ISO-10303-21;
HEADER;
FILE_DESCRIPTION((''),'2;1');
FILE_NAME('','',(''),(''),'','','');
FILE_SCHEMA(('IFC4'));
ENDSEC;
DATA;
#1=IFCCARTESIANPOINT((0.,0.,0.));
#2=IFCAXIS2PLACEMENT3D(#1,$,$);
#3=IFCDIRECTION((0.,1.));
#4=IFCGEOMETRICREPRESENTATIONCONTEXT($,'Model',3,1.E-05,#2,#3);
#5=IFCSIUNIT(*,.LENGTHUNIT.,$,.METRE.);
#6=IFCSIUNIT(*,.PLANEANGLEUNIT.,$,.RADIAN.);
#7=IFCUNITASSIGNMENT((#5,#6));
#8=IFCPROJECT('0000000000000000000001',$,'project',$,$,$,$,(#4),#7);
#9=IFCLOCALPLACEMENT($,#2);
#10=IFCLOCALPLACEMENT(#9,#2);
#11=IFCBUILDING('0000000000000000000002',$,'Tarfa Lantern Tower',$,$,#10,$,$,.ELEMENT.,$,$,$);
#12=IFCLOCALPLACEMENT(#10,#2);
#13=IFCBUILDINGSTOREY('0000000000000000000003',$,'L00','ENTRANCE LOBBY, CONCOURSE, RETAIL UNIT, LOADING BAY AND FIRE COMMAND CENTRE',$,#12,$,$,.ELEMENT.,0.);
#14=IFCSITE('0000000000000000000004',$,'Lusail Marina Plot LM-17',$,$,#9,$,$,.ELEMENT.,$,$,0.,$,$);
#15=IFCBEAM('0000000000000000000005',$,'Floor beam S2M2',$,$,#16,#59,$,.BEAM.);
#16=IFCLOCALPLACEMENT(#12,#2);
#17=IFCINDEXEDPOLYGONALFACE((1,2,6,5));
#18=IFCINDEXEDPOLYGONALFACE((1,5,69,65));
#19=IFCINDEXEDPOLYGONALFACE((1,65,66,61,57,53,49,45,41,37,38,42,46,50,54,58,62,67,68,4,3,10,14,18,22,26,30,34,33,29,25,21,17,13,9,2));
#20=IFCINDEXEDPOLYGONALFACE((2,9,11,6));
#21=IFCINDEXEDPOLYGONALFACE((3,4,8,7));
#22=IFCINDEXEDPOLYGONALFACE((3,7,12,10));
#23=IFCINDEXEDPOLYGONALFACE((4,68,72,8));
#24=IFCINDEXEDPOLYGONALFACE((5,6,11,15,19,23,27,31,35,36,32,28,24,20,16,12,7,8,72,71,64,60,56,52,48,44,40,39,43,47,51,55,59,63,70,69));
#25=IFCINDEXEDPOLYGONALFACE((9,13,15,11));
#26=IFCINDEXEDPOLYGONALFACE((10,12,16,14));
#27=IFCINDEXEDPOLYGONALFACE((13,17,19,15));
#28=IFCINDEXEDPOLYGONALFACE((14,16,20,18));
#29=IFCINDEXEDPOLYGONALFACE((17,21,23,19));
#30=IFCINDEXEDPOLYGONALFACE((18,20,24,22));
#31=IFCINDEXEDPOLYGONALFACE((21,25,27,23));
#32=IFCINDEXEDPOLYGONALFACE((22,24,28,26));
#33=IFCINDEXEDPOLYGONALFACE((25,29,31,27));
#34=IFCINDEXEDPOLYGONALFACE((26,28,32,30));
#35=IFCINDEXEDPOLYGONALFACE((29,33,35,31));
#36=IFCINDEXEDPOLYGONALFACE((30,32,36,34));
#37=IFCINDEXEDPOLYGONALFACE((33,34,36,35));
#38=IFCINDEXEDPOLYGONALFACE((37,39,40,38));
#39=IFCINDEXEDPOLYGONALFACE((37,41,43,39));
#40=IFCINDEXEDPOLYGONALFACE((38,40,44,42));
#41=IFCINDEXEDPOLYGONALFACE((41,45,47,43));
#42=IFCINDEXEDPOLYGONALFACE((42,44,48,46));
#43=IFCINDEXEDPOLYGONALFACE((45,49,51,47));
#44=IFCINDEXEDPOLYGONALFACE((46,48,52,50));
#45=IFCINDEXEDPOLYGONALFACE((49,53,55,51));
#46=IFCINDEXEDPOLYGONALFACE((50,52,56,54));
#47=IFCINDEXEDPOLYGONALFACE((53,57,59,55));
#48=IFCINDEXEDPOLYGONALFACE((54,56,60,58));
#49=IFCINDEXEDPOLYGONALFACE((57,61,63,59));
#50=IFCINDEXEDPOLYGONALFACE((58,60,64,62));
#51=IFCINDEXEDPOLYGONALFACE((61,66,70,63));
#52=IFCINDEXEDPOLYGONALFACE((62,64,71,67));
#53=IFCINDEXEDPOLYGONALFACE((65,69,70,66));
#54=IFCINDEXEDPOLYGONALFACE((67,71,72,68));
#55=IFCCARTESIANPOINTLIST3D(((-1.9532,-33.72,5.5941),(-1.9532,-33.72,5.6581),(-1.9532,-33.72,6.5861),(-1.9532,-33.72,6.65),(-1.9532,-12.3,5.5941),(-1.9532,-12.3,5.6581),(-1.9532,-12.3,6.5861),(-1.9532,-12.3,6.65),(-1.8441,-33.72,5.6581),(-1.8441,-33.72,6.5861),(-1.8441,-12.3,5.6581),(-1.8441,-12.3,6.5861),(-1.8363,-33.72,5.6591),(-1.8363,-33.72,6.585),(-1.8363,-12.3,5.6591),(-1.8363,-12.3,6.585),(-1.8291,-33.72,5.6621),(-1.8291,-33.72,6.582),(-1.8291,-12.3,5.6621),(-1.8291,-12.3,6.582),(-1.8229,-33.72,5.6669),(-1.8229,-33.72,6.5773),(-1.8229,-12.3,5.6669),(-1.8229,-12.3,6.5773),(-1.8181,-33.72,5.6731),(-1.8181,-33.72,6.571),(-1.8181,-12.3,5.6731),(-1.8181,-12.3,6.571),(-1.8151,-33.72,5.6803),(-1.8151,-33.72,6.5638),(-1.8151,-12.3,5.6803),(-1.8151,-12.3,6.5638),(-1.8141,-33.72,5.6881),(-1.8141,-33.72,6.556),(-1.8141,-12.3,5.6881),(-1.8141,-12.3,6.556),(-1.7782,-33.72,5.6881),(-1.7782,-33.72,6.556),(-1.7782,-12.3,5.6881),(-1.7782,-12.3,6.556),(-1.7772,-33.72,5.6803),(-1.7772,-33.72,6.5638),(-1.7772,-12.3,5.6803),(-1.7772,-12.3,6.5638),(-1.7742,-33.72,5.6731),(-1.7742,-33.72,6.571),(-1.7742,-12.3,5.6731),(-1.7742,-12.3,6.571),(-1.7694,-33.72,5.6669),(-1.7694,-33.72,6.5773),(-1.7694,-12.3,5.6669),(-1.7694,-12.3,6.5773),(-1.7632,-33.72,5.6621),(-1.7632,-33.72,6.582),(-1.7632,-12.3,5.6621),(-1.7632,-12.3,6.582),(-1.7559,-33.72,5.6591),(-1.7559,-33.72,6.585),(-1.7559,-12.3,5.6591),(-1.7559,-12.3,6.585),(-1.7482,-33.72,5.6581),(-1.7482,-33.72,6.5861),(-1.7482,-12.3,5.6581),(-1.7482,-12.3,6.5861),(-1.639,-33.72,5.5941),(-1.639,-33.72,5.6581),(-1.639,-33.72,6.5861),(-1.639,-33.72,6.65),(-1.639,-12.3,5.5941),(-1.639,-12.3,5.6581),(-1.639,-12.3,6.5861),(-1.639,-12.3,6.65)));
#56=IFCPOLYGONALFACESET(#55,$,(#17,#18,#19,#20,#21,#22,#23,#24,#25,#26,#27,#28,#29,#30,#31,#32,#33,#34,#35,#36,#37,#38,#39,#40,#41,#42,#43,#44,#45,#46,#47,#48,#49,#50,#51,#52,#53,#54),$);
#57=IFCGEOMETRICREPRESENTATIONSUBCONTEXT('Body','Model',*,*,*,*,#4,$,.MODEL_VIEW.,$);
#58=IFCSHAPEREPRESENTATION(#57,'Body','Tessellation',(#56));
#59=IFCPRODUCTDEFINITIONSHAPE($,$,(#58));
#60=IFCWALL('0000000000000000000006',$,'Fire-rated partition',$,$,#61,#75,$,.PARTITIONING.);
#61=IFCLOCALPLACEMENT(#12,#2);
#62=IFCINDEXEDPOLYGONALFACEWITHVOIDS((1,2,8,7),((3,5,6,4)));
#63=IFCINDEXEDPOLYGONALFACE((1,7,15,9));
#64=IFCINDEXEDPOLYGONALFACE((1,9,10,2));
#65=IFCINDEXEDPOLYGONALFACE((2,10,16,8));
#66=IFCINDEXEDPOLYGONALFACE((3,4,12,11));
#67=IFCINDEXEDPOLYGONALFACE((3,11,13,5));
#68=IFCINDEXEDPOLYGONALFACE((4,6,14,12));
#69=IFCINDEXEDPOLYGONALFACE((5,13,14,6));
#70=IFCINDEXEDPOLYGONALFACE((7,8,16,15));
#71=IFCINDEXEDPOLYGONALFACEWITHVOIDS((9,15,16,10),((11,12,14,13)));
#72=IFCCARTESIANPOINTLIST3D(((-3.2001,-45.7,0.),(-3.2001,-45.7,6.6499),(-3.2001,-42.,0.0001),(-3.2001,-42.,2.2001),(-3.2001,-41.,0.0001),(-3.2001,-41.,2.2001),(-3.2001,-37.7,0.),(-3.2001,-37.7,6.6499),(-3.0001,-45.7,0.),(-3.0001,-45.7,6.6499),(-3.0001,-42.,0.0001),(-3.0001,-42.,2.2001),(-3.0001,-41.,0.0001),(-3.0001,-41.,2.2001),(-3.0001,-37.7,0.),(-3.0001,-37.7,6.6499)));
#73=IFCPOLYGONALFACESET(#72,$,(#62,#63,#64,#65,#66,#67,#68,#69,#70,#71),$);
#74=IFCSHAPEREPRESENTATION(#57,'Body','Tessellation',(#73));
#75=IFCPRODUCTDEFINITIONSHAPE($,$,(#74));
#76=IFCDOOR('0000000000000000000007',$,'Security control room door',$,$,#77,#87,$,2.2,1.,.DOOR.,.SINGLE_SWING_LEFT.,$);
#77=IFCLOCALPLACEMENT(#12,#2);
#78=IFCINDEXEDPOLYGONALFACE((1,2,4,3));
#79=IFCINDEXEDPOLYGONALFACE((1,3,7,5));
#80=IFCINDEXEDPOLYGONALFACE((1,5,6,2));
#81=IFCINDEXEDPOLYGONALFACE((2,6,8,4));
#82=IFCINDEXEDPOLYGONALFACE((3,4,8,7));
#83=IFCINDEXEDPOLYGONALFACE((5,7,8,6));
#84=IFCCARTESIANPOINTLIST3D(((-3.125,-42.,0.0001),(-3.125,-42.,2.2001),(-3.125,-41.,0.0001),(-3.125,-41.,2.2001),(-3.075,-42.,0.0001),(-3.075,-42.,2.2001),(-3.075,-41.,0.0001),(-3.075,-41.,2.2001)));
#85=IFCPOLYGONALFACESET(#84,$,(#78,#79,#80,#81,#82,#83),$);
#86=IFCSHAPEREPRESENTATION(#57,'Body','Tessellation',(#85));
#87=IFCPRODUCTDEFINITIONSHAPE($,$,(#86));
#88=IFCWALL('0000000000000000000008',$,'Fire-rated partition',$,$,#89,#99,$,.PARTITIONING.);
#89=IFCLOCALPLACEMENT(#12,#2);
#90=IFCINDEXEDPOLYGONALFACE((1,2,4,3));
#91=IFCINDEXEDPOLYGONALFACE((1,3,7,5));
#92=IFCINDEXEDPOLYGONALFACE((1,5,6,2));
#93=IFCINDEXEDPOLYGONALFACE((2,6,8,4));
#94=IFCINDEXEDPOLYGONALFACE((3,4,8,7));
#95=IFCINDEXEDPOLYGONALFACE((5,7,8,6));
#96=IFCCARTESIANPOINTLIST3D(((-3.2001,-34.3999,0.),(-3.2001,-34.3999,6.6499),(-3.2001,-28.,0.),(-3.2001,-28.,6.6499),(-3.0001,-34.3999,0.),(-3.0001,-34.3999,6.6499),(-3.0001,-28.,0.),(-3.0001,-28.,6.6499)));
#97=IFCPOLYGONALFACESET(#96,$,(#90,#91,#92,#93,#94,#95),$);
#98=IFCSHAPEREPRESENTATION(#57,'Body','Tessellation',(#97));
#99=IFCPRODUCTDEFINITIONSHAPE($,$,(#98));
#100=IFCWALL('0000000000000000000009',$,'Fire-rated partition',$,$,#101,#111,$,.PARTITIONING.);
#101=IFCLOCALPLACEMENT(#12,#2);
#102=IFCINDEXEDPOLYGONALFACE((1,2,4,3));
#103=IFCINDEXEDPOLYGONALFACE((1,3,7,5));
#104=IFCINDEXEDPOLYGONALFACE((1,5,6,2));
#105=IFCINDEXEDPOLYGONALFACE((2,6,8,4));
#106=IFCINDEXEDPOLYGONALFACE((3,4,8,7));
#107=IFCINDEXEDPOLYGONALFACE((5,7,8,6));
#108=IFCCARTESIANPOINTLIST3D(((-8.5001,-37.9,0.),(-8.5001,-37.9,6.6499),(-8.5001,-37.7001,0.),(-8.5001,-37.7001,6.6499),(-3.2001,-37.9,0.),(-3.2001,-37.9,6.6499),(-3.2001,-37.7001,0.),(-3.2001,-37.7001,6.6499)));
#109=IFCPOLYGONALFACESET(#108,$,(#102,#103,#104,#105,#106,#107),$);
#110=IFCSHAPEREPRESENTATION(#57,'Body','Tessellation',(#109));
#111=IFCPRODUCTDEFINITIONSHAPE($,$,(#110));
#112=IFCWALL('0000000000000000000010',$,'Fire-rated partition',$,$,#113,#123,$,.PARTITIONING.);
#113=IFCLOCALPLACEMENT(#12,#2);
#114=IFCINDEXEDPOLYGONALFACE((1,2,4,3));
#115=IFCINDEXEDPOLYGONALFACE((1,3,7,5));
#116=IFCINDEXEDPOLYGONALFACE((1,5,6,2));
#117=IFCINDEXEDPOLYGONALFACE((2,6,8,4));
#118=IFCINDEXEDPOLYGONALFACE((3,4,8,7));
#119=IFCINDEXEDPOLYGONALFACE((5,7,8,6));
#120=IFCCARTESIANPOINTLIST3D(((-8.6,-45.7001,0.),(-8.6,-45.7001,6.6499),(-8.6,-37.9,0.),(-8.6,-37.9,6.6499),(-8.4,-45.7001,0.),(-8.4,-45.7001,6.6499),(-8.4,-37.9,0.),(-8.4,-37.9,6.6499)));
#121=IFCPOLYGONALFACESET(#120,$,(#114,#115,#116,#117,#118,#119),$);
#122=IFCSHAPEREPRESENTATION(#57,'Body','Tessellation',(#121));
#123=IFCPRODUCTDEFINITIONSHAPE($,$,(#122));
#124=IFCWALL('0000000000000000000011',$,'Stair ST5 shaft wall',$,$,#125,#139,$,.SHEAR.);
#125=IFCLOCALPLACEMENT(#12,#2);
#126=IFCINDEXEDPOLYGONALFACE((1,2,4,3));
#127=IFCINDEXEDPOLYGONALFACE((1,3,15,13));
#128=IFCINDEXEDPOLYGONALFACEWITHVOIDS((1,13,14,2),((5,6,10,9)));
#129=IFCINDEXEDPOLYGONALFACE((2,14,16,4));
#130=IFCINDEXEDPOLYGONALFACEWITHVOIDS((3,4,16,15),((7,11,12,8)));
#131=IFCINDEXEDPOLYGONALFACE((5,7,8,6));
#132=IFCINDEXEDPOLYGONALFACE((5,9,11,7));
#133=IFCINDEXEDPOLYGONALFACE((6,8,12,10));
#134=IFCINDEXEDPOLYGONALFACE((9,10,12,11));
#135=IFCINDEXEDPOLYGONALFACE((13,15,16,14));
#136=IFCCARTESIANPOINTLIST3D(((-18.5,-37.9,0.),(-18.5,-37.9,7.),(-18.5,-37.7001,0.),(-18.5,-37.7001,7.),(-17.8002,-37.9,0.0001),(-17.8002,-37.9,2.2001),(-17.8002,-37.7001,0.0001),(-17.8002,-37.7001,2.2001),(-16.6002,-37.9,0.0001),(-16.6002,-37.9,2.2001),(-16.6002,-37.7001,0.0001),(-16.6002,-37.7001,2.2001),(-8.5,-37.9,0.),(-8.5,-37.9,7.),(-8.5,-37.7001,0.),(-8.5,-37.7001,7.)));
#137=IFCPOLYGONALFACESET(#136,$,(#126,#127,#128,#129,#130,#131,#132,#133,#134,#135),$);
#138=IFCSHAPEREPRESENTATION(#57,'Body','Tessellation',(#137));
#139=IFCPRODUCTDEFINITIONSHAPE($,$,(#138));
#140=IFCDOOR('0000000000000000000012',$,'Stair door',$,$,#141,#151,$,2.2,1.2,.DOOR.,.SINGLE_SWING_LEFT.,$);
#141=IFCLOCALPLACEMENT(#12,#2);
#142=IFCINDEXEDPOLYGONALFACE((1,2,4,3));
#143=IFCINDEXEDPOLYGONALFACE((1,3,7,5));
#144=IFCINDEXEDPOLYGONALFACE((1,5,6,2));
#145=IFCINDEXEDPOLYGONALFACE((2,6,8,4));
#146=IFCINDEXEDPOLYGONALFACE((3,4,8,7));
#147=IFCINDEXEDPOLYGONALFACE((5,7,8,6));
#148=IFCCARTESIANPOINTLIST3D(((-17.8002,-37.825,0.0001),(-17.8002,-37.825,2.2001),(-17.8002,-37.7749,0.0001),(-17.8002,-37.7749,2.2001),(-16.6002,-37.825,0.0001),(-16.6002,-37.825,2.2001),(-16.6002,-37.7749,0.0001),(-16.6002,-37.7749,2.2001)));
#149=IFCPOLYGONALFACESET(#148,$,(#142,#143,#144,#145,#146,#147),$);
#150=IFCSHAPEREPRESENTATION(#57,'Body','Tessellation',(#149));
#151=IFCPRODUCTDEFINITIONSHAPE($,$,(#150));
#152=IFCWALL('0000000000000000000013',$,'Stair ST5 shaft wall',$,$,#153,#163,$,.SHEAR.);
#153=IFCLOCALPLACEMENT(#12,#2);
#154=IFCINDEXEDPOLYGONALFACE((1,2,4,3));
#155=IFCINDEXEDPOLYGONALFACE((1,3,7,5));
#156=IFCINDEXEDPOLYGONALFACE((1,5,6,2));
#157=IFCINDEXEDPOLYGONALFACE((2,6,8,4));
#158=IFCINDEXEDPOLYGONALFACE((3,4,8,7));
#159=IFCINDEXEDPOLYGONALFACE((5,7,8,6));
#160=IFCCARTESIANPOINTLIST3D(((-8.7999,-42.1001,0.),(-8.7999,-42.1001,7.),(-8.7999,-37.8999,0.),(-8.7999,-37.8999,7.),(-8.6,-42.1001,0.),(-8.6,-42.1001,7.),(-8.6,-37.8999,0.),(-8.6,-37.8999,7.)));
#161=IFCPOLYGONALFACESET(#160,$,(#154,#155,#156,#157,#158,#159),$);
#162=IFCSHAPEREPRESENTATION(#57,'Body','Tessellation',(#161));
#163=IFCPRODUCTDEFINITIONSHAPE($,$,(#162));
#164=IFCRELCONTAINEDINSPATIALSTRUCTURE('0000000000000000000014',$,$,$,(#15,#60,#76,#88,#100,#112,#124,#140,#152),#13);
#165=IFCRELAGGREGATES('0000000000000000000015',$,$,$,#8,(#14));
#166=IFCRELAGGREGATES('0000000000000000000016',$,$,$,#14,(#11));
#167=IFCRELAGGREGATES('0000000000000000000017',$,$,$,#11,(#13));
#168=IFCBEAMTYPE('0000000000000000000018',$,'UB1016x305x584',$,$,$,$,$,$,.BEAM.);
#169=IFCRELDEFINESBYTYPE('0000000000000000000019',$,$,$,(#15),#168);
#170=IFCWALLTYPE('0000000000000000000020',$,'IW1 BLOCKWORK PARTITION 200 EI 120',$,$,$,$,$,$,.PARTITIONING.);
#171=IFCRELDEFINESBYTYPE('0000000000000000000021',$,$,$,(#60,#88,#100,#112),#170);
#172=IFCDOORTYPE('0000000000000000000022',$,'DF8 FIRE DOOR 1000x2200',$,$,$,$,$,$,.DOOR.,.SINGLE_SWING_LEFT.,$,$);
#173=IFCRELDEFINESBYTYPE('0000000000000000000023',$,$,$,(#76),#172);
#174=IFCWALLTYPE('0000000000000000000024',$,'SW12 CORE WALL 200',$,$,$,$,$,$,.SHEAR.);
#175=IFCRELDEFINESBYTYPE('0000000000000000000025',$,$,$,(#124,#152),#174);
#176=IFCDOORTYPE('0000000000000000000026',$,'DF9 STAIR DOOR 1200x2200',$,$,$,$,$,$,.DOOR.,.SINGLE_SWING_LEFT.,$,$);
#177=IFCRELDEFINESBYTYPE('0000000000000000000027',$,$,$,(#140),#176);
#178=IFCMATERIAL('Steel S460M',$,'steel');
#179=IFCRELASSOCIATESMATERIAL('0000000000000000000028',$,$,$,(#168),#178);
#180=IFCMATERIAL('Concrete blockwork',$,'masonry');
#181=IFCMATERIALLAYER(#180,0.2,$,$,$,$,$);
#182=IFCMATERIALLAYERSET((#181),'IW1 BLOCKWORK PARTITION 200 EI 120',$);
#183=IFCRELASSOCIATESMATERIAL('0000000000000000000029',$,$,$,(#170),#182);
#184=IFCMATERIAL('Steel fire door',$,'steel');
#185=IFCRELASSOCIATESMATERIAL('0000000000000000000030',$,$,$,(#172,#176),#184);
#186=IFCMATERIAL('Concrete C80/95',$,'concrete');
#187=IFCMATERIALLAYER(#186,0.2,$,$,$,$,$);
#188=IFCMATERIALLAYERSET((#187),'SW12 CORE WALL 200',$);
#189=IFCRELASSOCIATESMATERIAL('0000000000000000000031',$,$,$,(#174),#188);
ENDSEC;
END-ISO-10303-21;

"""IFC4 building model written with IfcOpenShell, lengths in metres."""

from ifc_helpers import new_model, si_unit, direction, frame, frame_2d, origin, origin_2d, place, context, subcontext, project, spatial, rectangle, i_section, extrude, material, layer, layer_set, material_profile, profile_set, type_object, element, fill, save


model = new_model("IFC4")

# Units and contexts
model_context = context("Model", 3, precision=1e-05, world=origin(), true_north=direction((0.0, 1.0)))
body_context = subcontext(model_context, "Body", "Model", "MODEL_VIEW")
ifc_project = project(units=[si_unit("LENGTHUNIT", "METRE"), si_unit("PLANEANGLEUNIT", "RADIAN")], contexts=[model_context])

# Site, building, storey
site_placement = place(None, origin())
site = spatial("IfcSite", under=ifc_project, at=site_placement, Name="Lusail Marina Plot LM-17", CompositionType="ELEMENT", RefElevation=0.0)
building_placement = place(site_placement, origin())
building = spatial("IfcBuilding", under=site, at=building_placement, Name="Tarfa Lantern Tower", CompositionType="ELEMENT")
storey_placement = place(building_placement, origin())
storey = spatial("IfcBuildingStorey", under=building, at=storey_placement, Name="L00", Description="ENTRANCE LOBBY, CONCOURSE, RETAIL UNIT, LOADING BAY AND FIRE COMMAND CENTRE", CompositionType="ELEMENT", Elevation=0.0)

# Shared definitions
ifc_material_1 = material(Name="Concrete C80/95", Category="concrete")

# Beam
ifc_material_2 = material(Name="Steel S460M", Category="steel")
ifc_material_profile_1 = material_profile(ifc_material_2, i_section(OverallWidth=0.3142, OverallDepth=1.0559, WebThickness=0.0359, FlangeThickness=0.064, FilletRadius=0.03, at=origin_2d()), Name="UB1016x305x584")
ifc_profile_set_1 = profile_set([ifc_material_profile_1], Name="Steel S460M")
beam_type_1 = type_object("IfcBeamType", Name="UB1016x305x584", PredefinedType="BEAM", material=ifc_profile_set_1)
for number, where, z_axis, x_axis, name in (
    (1, (-1.7961, -33.72, 6.1221), (0.0, 1.0, 0.0), (-1.0, 0.0, 0.0), "Floor beam S2M2"),
):
    element("IfcBeam", number, at=place(storey_placement, frame(where, z_axis=z_axis, x_axis=x_axis)), inside=storey, type_object=beam_type_1, Name=name, PredefinedType="BEAM", context=body_context, shape_type="SweptSolid", body=[
        extrude(i_section(OverallWidth=0.3142, OverallDepth=1.0559, WebThickness=0.0359, FlangeThickness=0.064, FilletRadius=0.03, at=origin_2d()), origin(), (0.0, 0.0, 1.0), 21.4199),
    ])

# Wall, opening, door
ifc_material_3 = material(Name="Concrete blockwork", Category="masonry")
ifc_layer_1 = layer(ifc_material_3, 0.2)
ifc_layer_set_1 = layer_set([ifc_layer_1], Name="IW1 BLOCKWORK PARTITION 200 EI 120")
wall_type_1 = type_object("IfcWallType", Name="IW1 BLOCKWORK PARTITION 200 EI 120", PredefinedType="PARTITIONING", material=ifc_layer_set_1)
wall_1_placement = place(storey_placement, frame((-3.1001, -45.7, 0.0), z_axis=(0.0, 0.0, 1.0), x_axis=(0.0, 1.0, 0.0)))
wall_1 = element("IfcWall", 2, at=wall_1_placement, inside=storey, type_object=wall_type_1, Name="Fire-rated partition", PredefinedType="PARTITIONING", context=body_context, shape_type="SweptSolid", body=[
    extrude(rectangle(XDim=8.0, YDim=0.2, at=frame_2d((4.0, 0.0))), origin(), (0.0, 0.0, 1.0), 6.6499),
])
opening_1_placement = place(wall_1_placement, frame((3.7, 0.0, 0.0)))
opening_1 = element("IfcOpeningElement", 3, at=opening_1_placement, cuts=wall_1, PredefinedType="OPENING", context=body_context, shape_type="SweptSolid", body=[
    extrude(rectangle(XDim=1.0, YDim=2.2, at=frame_2d((0.5, 1.1001))), frame((0.0, 0.1099, 0.0), z_axis=(0.0, -1.0, 0.0), x_axis=(1.0, 0.0, 0.0)), (0.0, 0.0, 1.0), 0.22),
])
ifc_material_4 = material(Name="Steel fire door", Category="steel")
door_type_1 = type_object("IfcDoorType", Name="DF8 FIRE DOOR 1000x2200", OperationType="SINGLE_SWING_LEFT", PredefinedType="DOOR", material=ifc_material_4)
door_1_placement = place(opening_1_placement, origin())
door_1 = element("IfcDoor", 4, at=door_1_placement, inside=storey, type_object=door_type_1, Name="Security control room door", OperationType="SINGLE_SWING_LEFT", OverallHeight=2.2, OverallWidth=1.0, PredefinedType="DOOR", context=body_context, shape_type="SweptSolid", body=[
    extrude(rectangle(XDim=1.0, YDim=2.2, at=frame_2d((0.5, 1.1001))), frame((0.0, 0.0249, 0.0), z_axis=(0.0, -1.0, 0.0), x_axis=(1.0, 0.0, 0.0)), (0.0, 0.0, 1.0), 0.05),
])
fill(opening_1, door_1)

# Walls
wall_2_placement = place(storey_placement, frame((-3.1001, -34.3999, 0.0), z_axis=(0.0, 0.0, 1.0), x_axis=(0.0, 1.0, 0.0)))
element("IfcWall", 5, at=wall_2_placement, inside=storey, type_object=wall_type_1, Name="Fire-rated partition", PredefinedType="PARTITIONING", context=body_context, shape_type="SweptSolid", body=[
    extrude(rectangle(XDim=6.3999, YDim=0.2, at=frame_2d((3.2, 0.0))), origin(), (0.0, 0.0, 1.0), 6.6499),
])
wall_3_placement = place(storey_placement, frame((-8.5, -37.8, 0.0), z_axis=(0.0, 0.0, 1.0), x_axis=(1.0, 0.0, 0.0)))
element("IfcWall", 6, at=wall_3_placement, inside=storey, type_object=wall_type_1, Name="Fire-rated partition", PredefinedType="PARTITIONING", context=body_context, shape_type="SweptSolid", body=[
    extrude(rectangle(XDim=5.3, YDim=0.2, at=frame_2d((2.6499, 0.0))), origin(), (0.0, 0.0, 1.0), 6.6499),
])
wall_4_placement = place(storey_placement, frame((-8.5, -45.7, 0.0), z_axis=(0.0, 0.0, 1.0), x_axis=(0.0, 1.0, 0.0)))
element("IfcWall", 7, at=wall_4_placement, inside=storey, type_object=wall_type_1, Name="Fire-rated partition", PredefinedType="PARTITIONING", context=body_context, shape_type="SweptSolid", body=[
    extrude(rectangle(XDim=7.8, YDim=0.2, at=frame_2d((3.8999, 0.0))), origin(), (0.0, 0.0, 1.0), 6.6499),
])

# Wall, opening, door
ifc_layer_2 = layer(ifc_material_1, 0.2)
ifc_layer_set_2 = layer_set([ifc_layer_2], Name="SW12 CORE WALL 200")
wall_type_2 = type_object("IfcWallType", Name="SW12 CORE WALL 200", PredefinedType="SHEAR", material=ifc_layer_set_2)
wall_5_placement = place(storey_placement, frame((-8.5, -37.8, 0.0), z_axis=(0.0, 0.0, 1.0), x_axis=(-1.0, 0.0, 0.0)))
wall_5 = element("IfcWall", 8, at=wall_5_placement, inside=storey, type_object=wall_type_2, Name="Stair ST5 shaft wall", PredefinedType="SHEAR", context=body_context, shape_type="SweptSolid", body=[
    extrude(rectangle(XDim=10.0, YDim=0.2, at=frame_2d((5.0, 0.0))), origin(), (0.0, 0.0, 1.0), 7.0),
])
opening_2_placement = place(wall_5_placement, frame((8.1001, 0.0, 0.0)))
opening_2 = element("IfcOpeningElement", 9, at=opening_2_placement, cuts=wall_5, PredefinedType="OPENING", context=body_context, shape_type="SweptSolid", body=[
    extrude(rectangle(XDim=1.2, YDim=2.2, at=frame_2d((0.6001, 1.1001))), frame((0.0, 0.1099, 0.0), z_axis=(0.0, -1.0, 0.0), x_axis=(1.0, 0.0, 0.0)), (0.0, 0.0, 1.0), 0.22),
])
door_type_2 = type_object("IfcDoorType", Name="DF9 STAIR DOOR 1200x2200", OperationType="SINGLE_SWING_LEFT", PredefinedType="DOOR", material=ifc_material_4)
door_2_placement = place(opening_2_placement, origin())
door_2 = element("IfcDoor", 10, at=door_2_placement, inside=storey, type_object=door_type_2, Name="Stair door", OperationType="SINGLE_SWING_LEFT", OverallHeight=2.2, OverallWidth=1.2, PredefinedType="DOOR", context=body_context, shape_type="SweptSolid", body=[
    extrude(rectangle(XDim=1.2, YDim=2.2, at=frame_2d((0.6001, 1.1001))), frame((0.0, 0.0249, 0.0), z_axis=(0.0, -1.0, 0.0), x_axis=(1.0, 0.0, 0.0)), (0.0, 0.0, 1.0), 0.05),
])
fill(opening_2, door_2)

# Wall
wall_6_placement = place(storey_placement, frame((-8.7, -42.1001, 0.0), z_axis=(0.0, 0.0, 1.0), x_axis=(0.0, 1.0, 0.0)))
element("IfcWall", 11, at=wall_6_placement, inside=storey, type_object=wall_type_2, Name="Stair ST5 shaft wall", PredefinedType="SHEAR", context=body_context, shape_type="SweptSolid", body=[
    extrude(rectangle(XDim=4.2002, YDim=0.2, at=frame_2d((2.1001, 0.0))), origin(), (0.0, 0.0, 1.0), 7.0),
])

save(model, "model.ifc")
